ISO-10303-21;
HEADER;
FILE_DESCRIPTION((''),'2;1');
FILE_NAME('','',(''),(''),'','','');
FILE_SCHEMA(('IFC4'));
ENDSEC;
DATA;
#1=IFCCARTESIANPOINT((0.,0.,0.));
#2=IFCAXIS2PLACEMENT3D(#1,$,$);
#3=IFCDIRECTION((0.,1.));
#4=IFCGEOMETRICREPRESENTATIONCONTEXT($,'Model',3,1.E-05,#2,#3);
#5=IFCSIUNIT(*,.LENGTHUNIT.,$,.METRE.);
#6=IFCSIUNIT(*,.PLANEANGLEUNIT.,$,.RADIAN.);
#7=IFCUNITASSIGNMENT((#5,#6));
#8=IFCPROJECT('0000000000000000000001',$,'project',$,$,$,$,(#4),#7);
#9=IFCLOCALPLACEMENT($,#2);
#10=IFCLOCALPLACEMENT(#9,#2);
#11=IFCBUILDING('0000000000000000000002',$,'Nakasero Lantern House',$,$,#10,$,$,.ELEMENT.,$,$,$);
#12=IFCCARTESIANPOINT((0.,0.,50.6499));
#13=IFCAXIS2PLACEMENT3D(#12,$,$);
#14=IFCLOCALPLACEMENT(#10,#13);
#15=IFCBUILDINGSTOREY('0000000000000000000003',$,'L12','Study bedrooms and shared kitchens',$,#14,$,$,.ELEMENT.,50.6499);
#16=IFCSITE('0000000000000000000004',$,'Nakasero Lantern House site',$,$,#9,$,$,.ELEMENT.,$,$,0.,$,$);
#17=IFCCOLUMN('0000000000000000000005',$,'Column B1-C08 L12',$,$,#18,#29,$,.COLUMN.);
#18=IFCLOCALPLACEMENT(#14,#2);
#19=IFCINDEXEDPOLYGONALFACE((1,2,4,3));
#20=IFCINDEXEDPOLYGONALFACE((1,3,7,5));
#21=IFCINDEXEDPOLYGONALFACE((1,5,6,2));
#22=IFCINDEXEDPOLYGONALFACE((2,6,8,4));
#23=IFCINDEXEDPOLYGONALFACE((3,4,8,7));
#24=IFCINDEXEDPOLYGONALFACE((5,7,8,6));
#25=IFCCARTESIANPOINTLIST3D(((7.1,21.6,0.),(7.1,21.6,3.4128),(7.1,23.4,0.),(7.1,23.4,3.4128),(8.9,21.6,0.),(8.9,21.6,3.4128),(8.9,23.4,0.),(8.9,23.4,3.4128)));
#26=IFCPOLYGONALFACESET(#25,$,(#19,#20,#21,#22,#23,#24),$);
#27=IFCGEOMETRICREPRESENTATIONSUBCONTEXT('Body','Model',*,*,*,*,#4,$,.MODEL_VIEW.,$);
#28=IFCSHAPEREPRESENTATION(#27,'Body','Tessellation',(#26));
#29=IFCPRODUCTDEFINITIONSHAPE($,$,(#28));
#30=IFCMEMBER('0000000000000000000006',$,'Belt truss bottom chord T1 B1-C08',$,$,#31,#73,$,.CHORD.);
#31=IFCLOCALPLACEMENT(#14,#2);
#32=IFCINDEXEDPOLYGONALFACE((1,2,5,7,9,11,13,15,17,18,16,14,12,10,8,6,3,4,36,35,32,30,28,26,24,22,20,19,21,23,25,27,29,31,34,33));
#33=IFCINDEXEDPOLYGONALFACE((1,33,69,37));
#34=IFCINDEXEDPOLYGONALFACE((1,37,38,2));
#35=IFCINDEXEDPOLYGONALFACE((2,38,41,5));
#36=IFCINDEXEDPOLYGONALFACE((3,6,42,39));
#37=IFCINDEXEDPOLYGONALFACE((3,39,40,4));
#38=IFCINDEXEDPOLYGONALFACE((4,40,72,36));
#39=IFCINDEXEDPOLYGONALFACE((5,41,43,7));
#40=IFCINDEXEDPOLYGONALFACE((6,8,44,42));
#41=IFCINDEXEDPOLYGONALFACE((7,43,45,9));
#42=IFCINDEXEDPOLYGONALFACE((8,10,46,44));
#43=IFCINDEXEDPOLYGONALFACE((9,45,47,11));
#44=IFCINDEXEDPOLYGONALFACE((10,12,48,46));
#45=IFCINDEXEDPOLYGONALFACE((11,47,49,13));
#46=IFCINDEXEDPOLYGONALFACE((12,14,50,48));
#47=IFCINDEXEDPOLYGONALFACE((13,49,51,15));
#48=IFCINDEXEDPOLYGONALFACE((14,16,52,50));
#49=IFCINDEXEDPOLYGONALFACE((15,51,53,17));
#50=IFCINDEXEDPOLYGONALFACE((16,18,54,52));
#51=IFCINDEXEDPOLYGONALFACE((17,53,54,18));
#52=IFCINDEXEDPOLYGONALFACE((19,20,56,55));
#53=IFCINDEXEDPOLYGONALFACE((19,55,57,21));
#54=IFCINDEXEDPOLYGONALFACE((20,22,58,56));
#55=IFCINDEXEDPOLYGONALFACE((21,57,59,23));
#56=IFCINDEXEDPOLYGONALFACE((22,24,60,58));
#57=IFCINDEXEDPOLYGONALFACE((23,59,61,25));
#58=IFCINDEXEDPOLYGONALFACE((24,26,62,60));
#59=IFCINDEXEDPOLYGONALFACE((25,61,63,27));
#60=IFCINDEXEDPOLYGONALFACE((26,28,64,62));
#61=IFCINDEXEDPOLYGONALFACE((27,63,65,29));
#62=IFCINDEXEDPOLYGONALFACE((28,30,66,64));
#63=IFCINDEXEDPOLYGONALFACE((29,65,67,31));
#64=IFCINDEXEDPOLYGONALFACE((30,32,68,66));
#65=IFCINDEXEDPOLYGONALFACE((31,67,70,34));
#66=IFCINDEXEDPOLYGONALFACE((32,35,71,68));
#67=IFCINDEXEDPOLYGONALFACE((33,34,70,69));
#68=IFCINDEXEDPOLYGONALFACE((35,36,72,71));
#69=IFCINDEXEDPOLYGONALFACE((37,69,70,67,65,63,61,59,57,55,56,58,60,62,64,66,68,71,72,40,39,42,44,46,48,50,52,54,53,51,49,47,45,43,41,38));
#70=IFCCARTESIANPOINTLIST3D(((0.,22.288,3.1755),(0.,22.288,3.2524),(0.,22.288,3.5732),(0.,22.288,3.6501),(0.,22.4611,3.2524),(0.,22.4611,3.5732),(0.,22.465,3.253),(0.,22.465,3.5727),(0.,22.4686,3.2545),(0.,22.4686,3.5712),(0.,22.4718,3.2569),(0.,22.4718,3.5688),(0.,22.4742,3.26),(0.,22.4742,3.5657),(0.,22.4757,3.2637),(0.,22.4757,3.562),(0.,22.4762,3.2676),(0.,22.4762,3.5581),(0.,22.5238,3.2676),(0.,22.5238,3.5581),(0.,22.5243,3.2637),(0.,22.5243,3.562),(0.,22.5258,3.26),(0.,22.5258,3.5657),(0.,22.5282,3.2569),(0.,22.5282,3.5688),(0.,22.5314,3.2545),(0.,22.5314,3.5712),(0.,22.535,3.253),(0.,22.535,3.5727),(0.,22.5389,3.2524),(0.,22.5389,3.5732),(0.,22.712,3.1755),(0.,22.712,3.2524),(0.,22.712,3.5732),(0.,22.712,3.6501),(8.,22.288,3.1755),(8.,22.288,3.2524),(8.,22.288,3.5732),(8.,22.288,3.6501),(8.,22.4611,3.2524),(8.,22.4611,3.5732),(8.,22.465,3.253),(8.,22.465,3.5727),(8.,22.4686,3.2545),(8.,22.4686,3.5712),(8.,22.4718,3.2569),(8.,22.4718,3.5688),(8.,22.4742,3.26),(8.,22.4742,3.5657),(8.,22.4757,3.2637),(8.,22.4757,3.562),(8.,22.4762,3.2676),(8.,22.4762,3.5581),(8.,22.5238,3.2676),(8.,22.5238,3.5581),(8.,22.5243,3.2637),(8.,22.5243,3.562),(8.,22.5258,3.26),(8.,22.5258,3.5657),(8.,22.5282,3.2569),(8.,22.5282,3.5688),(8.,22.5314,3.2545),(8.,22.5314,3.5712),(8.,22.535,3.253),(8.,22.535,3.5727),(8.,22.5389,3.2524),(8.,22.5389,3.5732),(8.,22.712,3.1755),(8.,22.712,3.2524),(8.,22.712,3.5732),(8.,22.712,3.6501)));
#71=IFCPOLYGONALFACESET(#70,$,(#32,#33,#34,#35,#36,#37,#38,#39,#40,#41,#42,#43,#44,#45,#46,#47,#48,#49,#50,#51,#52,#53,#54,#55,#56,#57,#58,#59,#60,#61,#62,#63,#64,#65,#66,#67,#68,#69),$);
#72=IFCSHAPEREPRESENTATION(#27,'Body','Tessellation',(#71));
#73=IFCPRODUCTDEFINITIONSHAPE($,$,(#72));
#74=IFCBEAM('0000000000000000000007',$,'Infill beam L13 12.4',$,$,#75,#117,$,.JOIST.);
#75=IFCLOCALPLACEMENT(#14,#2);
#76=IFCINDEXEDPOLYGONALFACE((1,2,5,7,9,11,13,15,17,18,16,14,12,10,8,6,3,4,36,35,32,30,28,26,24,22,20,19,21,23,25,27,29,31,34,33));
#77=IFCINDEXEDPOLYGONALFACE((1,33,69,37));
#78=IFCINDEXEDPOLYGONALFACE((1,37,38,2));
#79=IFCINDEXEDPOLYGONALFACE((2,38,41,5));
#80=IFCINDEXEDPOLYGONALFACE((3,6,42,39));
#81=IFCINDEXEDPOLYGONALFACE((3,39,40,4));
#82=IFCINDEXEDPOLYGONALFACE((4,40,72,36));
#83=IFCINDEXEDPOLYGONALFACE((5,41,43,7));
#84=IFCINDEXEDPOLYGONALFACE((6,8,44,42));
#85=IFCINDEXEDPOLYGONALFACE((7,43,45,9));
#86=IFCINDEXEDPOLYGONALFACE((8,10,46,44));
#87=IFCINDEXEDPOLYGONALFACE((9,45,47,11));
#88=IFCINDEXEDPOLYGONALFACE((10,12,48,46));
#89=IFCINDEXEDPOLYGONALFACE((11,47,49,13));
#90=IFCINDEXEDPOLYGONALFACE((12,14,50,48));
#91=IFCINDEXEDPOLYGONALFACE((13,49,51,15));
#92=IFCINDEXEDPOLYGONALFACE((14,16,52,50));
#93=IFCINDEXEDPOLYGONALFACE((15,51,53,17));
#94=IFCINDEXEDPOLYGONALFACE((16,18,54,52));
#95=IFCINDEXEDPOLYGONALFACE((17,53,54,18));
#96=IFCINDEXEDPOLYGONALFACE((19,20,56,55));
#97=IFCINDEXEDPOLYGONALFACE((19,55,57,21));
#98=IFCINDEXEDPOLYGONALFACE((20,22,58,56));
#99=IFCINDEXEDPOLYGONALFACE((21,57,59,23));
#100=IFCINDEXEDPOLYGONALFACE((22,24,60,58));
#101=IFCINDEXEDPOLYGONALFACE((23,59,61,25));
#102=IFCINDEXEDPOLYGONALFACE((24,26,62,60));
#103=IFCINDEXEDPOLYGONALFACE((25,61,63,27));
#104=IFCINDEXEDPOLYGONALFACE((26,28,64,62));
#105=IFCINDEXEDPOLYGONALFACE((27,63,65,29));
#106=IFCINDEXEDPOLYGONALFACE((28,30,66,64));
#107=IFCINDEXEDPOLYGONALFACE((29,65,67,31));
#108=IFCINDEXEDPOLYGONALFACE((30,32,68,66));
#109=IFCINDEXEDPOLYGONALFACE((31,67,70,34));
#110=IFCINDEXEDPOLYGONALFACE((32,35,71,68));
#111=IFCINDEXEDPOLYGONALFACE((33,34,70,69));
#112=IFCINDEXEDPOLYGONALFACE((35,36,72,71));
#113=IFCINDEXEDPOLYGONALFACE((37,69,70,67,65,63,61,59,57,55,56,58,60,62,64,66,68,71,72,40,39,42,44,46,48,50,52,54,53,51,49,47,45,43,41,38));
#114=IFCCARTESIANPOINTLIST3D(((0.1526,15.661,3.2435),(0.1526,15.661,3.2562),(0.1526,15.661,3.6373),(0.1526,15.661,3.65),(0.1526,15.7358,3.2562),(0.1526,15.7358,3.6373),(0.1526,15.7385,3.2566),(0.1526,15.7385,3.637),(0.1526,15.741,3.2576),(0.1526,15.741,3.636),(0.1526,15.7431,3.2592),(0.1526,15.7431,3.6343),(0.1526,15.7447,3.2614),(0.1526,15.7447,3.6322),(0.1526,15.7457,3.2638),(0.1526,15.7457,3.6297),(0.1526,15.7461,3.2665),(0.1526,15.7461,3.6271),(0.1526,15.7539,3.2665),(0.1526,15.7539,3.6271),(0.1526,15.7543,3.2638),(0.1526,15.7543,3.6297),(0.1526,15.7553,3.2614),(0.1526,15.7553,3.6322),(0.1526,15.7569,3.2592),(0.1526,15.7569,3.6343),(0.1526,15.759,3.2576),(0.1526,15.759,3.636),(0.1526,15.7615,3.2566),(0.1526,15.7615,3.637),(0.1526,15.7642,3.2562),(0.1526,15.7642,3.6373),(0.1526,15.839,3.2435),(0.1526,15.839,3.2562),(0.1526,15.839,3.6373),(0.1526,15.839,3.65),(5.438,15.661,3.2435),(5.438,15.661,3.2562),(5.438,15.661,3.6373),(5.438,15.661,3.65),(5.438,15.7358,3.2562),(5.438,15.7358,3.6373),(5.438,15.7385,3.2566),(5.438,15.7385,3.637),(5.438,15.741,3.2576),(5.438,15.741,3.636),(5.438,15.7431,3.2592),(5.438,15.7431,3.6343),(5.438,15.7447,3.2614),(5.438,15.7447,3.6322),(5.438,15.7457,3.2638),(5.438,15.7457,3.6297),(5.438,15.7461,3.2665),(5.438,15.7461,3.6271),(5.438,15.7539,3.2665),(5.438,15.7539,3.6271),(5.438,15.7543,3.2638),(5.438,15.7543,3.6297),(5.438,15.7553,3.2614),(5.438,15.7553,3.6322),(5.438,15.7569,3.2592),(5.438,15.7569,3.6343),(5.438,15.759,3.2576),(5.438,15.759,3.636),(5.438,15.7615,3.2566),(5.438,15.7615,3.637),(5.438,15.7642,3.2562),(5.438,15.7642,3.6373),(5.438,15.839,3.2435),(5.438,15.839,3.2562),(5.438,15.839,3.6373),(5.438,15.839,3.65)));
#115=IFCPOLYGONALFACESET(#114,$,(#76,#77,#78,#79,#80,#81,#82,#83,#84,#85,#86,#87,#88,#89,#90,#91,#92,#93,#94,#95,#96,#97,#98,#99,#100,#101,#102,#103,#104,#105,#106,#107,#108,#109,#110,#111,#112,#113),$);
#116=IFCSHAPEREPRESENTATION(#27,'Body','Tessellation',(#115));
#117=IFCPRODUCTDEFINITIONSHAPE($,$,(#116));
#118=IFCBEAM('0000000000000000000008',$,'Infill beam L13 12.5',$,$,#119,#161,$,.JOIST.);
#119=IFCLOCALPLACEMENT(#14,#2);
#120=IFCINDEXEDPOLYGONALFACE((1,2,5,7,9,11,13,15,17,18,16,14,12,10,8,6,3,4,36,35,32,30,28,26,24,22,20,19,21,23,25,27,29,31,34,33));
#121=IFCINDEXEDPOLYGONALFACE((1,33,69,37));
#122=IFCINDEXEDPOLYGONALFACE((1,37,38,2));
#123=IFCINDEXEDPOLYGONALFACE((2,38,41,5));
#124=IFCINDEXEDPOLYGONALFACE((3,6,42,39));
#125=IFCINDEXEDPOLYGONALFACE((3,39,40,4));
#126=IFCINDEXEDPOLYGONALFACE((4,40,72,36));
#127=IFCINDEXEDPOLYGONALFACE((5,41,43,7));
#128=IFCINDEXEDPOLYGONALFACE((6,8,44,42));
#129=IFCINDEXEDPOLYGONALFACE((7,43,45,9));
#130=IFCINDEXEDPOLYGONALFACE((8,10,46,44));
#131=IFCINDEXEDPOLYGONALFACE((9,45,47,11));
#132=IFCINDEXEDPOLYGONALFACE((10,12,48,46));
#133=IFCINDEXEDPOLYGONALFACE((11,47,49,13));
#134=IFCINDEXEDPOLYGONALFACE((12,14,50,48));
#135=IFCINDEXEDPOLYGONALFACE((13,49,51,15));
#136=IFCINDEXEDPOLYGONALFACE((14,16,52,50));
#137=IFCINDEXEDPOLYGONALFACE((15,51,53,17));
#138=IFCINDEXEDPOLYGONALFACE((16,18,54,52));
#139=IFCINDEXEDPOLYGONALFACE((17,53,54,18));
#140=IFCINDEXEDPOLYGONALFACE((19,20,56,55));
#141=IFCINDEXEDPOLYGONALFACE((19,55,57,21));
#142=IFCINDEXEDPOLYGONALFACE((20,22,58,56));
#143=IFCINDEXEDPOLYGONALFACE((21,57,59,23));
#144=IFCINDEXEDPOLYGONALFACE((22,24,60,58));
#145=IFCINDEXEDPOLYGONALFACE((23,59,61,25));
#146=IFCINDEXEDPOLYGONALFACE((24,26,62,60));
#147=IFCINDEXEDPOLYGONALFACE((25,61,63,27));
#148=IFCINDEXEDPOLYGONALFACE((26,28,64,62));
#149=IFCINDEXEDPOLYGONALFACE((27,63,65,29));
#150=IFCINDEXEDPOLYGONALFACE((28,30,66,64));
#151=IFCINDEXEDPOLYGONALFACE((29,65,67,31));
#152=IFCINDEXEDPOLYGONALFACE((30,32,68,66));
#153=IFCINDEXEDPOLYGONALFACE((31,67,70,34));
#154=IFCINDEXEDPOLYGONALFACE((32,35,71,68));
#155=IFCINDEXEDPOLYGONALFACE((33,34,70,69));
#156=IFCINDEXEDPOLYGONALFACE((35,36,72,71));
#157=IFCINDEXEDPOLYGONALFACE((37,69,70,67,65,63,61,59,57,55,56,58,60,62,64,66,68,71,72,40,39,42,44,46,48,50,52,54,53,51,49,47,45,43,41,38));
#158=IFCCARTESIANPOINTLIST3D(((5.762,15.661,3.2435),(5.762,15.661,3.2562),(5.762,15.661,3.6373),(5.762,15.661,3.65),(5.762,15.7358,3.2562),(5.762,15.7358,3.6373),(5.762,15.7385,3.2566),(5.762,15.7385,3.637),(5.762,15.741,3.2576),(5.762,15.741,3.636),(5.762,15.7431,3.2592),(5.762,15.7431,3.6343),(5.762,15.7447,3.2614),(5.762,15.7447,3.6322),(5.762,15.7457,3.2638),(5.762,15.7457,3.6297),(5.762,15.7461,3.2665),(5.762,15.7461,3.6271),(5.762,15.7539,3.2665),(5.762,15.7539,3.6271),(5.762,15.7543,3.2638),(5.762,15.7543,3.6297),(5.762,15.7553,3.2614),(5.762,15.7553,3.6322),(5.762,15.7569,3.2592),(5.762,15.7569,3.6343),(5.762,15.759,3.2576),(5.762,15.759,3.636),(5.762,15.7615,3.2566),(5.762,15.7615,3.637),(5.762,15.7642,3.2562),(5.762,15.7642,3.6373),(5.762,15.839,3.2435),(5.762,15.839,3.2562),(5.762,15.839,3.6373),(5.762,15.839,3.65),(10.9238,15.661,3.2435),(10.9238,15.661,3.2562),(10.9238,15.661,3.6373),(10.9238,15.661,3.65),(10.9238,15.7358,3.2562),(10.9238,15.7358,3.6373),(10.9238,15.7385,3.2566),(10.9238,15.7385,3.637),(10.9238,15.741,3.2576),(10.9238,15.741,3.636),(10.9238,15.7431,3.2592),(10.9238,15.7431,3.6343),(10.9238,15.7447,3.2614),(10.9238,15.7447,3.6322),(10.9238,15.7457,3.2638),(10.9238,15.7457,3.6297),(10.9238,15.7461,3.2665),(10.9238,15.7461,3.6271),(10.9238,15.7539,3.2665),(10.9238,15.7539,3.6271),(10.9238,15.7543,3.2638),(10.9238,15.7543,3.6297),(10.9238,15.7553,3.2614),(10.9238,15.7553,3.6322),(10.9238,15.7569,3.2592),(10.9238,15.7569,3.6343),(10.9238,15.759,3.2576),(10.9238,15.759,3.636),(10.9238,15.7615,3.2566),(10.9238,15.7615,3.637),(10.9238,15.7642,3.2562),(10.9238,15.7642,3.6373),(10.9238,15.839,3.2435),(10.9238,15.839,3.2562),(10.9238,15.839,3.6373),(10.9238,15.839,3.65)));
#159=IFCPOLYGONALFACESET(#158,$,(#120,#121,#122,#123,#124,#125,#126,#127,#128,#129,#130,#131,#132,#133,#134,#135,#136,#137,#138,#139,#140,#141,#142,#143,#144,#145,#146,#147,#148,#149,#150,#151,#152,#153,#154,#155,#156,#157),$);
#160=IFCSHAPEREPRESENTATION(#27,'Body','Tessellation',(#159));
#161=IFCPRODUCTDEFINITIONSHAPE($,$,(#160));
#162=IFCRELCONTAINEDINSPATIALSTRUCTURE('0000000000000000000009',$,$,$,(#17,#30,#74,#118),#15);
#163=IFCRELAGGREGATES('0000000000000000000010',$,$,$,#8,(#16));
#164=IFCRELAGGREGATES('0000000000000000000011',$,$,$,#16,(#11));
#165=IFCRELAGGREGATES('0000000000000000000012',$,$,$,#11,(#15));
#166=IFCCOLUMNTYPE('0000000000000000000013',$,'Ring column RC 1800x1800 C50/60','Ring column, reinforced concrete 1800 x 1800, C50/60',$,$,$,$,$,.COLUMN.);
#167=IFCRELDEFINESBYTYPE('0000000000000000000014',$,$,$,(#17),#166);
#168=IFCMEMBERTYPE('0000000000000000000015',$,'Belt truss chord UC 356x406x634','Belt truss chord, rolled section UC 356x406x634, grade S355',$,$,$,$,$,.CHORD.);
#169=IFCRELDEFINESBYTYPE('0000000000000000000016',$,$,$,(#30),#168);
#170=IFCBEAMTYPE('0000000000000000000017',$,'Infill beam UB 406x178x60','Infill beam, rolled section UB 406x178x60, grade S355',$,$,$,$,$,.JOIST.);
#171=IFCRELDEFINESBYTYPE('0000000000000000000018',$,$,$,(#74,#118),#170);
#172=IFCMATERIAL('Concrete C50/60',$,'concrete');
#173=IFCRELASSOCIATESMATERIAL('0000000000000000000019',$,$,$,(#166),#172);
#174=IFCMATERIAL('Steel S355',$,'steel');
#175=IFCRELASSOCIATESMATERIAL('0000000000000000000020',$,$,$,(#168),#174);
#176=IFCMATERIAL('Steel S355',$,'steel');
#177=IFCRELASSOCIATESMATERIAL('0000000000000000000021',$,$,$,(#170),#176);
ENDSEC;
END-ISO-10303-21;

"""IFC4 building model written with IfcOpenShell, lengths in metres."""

from ifc_helpers import new_model, si_unit, direction, frame, origin, origin_2d, place, context, subcontext, project, spatial, rectangle, i_section, extrude, material, material_profile, profile_set, type_object, element, save


model = new_model("IFC4")

# Units and contexts
model_context = context("Model", 3, precision=1e-05, world=origin(), true_north=direction((0.0, 1.0)))
body_context = subcontext(model_context, "Body", "Model", "MODEL_VIEW")
ifc_project = project(units=[si_unit("LENGTHUNIT", "METRE"), si_unit("PLANEANGLEUNIT", "RADIAN")], contexts=[model_context])

# Site, building, storey
site_placement = place(None, origin())
site = spatial("IfcSite", under=ifc_project, at=site_placement, Name="Nakasero Lantern House site", CompositionType="ELEMENT", RefElevation=0.0)
building_placement = place(site_placement, origin())
building = spatial("IfcBuilding", under=site, at=building_placement, Name="Nakasero Lantern House", CompositionType="ELEMENT")
storey_placement = place(building_placement, frame((0.0, 0.0, 50.6499)))
storey = spatial("IfcBuildingStorey", under=building, at=storey_placement, Name="L12", Description="Study bedrooms and shared kitchens", CompositionType="ELEMENT", Elevation=50.6499)

# Column
ifc_material_1 = material(Name="Concrete C50/60", Category="concrete")
ifc_material_profile_1 = material_profile(ifc_material_1, rectangle(XDim=1.8, YDim=1.8, at=origin_2d()), Name="RC 1800x1800")
ifc_profile_set_1 = profile_set([ifc_material_profile_1], Name="Concrete C50/60")
column_type = type_object("IfcColumnType", Name="Ring column RC 1800x1800 C50/60", Description="Ring column, reinforced concrete 1800 x 1800, C50/60", PredefinedType="COLUMN", material=ifc_profile_set_1)
column_placement = place(storey_placement, frame((8.0, 22.5, 0.0), z_axis=(0.0, 0.0, 1.0), x_axis=(1.0, 0.0, 0.0)))
element("IfcColumn", 1, at=column_placement, inside=storey, type_object=column_type, Name="Column B1-C08 L12", PredefinedType="COLUMN", context=body_context, shape_type="SweptSolid", body=[
    extrude(rectangle(XDim=1.8, YDim=1.8, at=origin_2d()), origin(), (0.0, 0.0, 1.0), 3.4128),
])

# Member
ifc_material_2 = material(Name="Steel S355", Category="steel")
ifc_material_profile_2 = material_profile(ifc_material_2, i_section(OverallWidth=0.4241, OverallDepth=0.4746, WebThickness=0.0476, FlangeThickness=0.0769, FilletRadius=0.0151, at=origin_2d()), Name="UC 356x406x634")
ifc_profile_set_2 = profile_set([ifc_material_profile_2], Name="Steel S355")
member_type = type_object("IfcMemberType", Name="Belt truss chord UC 356x406x634", Description="Belt truss chord, rolled section UC 356x406x634, grade S355", PredefinedType="CHORD", material=ifc_profile_set_2)
member_placement = place(storey_placement, frame((8.0, 22.5, 3.4128), z_axis=(-1.0, 0.0, 0.0), x_axis=(0.0, -1.0, 0.0)))
element("IfcMember", 2, at=member_placement, inside=storey, type_object=member_type, Name="Belt truss bottom chord T1 B1-C08", PredefinedType="CHORD", context=body_context, shape_type="SweptSolid", body=[
    extrude(i_section(OverallWidth=0.4241, OverallDepth=0.4746, WebThickness=0.0476, FlangeThickness=0.0769, FilletRadius=0.0151, at=origin_2d()), origin(), (0.0, 0.0, 1.0), 8.0),
])

# Beams
ifc_material_3 = material(Name="Steel S355", Category="steel")
ifc_material_profile_3 = material_profile(ifc_material_3, i_section(OverallWidth=0.178, OverallDepth=0.4065, WebThickness=0.0078, FlangeThickness=0.0127, FilletRadius=0.0103, at=origin_2d()), Name="UB 406x178x60")
ifc_profile_set_3 = profile_set([ifc_material_profile_3], Name="Steel S355")
beam_type_1 = type_object("IfcBeamType", Name="Infill beam UB 406x178x60", Description="Infill beam, rolled section UB 406x178x60, grade S355", PredefinedType="JOIST", material=ifc_profile_set_3)
beam_1_placement = place(storey_placement, frame((0.1526, 15.75, 3.4468), z_axis=(1.0, 0.0, 0.0), x_axis=(0.0, 1.0, 0.0)))
element("IfcBeam", 3, at=beam_1_placement, inside=storey, type_object=beam_type_1, Name="Infill beam L13 12.4", PredefinedType="JOIST", context=body_context, shape_type="SweptSolid", body=[
    extrude(i_section(OverallWidth=0.178, OverallDepth=0.4065, WebThickness=0.0078, FlangeThickness=0.0127, FilletRadius=0.0103, at=origin_2d()), origin(), (0.0, 0.0, 1.0), 5.2854),
])
beam_2_placement = place(storey_placement, frame((5.762, 15.75, 3.4468), z_axis=(1.0, 0.0, 0.0), x_axis=(0.0, 1.0, 0.0)))
element("IfcBeam", 4, at=beam_2_placement, inside=storey, type_object=beam_type_1, Name="Infill beam L13 12.5", PredefinedType="JOIST", context=body_context, shape_type="SweptSolid", body=[
    extrude(i_section(OverallWidth=0.178, OverallDepth=0.4065, WebThickness=0.0078, FlangeThickness=0.0127, FilletRadius=0.0103, at=origin_2d()), origin(), (0.0, 0.0, 1.0), 5.1619),
])

save(model, "model.ifc")
